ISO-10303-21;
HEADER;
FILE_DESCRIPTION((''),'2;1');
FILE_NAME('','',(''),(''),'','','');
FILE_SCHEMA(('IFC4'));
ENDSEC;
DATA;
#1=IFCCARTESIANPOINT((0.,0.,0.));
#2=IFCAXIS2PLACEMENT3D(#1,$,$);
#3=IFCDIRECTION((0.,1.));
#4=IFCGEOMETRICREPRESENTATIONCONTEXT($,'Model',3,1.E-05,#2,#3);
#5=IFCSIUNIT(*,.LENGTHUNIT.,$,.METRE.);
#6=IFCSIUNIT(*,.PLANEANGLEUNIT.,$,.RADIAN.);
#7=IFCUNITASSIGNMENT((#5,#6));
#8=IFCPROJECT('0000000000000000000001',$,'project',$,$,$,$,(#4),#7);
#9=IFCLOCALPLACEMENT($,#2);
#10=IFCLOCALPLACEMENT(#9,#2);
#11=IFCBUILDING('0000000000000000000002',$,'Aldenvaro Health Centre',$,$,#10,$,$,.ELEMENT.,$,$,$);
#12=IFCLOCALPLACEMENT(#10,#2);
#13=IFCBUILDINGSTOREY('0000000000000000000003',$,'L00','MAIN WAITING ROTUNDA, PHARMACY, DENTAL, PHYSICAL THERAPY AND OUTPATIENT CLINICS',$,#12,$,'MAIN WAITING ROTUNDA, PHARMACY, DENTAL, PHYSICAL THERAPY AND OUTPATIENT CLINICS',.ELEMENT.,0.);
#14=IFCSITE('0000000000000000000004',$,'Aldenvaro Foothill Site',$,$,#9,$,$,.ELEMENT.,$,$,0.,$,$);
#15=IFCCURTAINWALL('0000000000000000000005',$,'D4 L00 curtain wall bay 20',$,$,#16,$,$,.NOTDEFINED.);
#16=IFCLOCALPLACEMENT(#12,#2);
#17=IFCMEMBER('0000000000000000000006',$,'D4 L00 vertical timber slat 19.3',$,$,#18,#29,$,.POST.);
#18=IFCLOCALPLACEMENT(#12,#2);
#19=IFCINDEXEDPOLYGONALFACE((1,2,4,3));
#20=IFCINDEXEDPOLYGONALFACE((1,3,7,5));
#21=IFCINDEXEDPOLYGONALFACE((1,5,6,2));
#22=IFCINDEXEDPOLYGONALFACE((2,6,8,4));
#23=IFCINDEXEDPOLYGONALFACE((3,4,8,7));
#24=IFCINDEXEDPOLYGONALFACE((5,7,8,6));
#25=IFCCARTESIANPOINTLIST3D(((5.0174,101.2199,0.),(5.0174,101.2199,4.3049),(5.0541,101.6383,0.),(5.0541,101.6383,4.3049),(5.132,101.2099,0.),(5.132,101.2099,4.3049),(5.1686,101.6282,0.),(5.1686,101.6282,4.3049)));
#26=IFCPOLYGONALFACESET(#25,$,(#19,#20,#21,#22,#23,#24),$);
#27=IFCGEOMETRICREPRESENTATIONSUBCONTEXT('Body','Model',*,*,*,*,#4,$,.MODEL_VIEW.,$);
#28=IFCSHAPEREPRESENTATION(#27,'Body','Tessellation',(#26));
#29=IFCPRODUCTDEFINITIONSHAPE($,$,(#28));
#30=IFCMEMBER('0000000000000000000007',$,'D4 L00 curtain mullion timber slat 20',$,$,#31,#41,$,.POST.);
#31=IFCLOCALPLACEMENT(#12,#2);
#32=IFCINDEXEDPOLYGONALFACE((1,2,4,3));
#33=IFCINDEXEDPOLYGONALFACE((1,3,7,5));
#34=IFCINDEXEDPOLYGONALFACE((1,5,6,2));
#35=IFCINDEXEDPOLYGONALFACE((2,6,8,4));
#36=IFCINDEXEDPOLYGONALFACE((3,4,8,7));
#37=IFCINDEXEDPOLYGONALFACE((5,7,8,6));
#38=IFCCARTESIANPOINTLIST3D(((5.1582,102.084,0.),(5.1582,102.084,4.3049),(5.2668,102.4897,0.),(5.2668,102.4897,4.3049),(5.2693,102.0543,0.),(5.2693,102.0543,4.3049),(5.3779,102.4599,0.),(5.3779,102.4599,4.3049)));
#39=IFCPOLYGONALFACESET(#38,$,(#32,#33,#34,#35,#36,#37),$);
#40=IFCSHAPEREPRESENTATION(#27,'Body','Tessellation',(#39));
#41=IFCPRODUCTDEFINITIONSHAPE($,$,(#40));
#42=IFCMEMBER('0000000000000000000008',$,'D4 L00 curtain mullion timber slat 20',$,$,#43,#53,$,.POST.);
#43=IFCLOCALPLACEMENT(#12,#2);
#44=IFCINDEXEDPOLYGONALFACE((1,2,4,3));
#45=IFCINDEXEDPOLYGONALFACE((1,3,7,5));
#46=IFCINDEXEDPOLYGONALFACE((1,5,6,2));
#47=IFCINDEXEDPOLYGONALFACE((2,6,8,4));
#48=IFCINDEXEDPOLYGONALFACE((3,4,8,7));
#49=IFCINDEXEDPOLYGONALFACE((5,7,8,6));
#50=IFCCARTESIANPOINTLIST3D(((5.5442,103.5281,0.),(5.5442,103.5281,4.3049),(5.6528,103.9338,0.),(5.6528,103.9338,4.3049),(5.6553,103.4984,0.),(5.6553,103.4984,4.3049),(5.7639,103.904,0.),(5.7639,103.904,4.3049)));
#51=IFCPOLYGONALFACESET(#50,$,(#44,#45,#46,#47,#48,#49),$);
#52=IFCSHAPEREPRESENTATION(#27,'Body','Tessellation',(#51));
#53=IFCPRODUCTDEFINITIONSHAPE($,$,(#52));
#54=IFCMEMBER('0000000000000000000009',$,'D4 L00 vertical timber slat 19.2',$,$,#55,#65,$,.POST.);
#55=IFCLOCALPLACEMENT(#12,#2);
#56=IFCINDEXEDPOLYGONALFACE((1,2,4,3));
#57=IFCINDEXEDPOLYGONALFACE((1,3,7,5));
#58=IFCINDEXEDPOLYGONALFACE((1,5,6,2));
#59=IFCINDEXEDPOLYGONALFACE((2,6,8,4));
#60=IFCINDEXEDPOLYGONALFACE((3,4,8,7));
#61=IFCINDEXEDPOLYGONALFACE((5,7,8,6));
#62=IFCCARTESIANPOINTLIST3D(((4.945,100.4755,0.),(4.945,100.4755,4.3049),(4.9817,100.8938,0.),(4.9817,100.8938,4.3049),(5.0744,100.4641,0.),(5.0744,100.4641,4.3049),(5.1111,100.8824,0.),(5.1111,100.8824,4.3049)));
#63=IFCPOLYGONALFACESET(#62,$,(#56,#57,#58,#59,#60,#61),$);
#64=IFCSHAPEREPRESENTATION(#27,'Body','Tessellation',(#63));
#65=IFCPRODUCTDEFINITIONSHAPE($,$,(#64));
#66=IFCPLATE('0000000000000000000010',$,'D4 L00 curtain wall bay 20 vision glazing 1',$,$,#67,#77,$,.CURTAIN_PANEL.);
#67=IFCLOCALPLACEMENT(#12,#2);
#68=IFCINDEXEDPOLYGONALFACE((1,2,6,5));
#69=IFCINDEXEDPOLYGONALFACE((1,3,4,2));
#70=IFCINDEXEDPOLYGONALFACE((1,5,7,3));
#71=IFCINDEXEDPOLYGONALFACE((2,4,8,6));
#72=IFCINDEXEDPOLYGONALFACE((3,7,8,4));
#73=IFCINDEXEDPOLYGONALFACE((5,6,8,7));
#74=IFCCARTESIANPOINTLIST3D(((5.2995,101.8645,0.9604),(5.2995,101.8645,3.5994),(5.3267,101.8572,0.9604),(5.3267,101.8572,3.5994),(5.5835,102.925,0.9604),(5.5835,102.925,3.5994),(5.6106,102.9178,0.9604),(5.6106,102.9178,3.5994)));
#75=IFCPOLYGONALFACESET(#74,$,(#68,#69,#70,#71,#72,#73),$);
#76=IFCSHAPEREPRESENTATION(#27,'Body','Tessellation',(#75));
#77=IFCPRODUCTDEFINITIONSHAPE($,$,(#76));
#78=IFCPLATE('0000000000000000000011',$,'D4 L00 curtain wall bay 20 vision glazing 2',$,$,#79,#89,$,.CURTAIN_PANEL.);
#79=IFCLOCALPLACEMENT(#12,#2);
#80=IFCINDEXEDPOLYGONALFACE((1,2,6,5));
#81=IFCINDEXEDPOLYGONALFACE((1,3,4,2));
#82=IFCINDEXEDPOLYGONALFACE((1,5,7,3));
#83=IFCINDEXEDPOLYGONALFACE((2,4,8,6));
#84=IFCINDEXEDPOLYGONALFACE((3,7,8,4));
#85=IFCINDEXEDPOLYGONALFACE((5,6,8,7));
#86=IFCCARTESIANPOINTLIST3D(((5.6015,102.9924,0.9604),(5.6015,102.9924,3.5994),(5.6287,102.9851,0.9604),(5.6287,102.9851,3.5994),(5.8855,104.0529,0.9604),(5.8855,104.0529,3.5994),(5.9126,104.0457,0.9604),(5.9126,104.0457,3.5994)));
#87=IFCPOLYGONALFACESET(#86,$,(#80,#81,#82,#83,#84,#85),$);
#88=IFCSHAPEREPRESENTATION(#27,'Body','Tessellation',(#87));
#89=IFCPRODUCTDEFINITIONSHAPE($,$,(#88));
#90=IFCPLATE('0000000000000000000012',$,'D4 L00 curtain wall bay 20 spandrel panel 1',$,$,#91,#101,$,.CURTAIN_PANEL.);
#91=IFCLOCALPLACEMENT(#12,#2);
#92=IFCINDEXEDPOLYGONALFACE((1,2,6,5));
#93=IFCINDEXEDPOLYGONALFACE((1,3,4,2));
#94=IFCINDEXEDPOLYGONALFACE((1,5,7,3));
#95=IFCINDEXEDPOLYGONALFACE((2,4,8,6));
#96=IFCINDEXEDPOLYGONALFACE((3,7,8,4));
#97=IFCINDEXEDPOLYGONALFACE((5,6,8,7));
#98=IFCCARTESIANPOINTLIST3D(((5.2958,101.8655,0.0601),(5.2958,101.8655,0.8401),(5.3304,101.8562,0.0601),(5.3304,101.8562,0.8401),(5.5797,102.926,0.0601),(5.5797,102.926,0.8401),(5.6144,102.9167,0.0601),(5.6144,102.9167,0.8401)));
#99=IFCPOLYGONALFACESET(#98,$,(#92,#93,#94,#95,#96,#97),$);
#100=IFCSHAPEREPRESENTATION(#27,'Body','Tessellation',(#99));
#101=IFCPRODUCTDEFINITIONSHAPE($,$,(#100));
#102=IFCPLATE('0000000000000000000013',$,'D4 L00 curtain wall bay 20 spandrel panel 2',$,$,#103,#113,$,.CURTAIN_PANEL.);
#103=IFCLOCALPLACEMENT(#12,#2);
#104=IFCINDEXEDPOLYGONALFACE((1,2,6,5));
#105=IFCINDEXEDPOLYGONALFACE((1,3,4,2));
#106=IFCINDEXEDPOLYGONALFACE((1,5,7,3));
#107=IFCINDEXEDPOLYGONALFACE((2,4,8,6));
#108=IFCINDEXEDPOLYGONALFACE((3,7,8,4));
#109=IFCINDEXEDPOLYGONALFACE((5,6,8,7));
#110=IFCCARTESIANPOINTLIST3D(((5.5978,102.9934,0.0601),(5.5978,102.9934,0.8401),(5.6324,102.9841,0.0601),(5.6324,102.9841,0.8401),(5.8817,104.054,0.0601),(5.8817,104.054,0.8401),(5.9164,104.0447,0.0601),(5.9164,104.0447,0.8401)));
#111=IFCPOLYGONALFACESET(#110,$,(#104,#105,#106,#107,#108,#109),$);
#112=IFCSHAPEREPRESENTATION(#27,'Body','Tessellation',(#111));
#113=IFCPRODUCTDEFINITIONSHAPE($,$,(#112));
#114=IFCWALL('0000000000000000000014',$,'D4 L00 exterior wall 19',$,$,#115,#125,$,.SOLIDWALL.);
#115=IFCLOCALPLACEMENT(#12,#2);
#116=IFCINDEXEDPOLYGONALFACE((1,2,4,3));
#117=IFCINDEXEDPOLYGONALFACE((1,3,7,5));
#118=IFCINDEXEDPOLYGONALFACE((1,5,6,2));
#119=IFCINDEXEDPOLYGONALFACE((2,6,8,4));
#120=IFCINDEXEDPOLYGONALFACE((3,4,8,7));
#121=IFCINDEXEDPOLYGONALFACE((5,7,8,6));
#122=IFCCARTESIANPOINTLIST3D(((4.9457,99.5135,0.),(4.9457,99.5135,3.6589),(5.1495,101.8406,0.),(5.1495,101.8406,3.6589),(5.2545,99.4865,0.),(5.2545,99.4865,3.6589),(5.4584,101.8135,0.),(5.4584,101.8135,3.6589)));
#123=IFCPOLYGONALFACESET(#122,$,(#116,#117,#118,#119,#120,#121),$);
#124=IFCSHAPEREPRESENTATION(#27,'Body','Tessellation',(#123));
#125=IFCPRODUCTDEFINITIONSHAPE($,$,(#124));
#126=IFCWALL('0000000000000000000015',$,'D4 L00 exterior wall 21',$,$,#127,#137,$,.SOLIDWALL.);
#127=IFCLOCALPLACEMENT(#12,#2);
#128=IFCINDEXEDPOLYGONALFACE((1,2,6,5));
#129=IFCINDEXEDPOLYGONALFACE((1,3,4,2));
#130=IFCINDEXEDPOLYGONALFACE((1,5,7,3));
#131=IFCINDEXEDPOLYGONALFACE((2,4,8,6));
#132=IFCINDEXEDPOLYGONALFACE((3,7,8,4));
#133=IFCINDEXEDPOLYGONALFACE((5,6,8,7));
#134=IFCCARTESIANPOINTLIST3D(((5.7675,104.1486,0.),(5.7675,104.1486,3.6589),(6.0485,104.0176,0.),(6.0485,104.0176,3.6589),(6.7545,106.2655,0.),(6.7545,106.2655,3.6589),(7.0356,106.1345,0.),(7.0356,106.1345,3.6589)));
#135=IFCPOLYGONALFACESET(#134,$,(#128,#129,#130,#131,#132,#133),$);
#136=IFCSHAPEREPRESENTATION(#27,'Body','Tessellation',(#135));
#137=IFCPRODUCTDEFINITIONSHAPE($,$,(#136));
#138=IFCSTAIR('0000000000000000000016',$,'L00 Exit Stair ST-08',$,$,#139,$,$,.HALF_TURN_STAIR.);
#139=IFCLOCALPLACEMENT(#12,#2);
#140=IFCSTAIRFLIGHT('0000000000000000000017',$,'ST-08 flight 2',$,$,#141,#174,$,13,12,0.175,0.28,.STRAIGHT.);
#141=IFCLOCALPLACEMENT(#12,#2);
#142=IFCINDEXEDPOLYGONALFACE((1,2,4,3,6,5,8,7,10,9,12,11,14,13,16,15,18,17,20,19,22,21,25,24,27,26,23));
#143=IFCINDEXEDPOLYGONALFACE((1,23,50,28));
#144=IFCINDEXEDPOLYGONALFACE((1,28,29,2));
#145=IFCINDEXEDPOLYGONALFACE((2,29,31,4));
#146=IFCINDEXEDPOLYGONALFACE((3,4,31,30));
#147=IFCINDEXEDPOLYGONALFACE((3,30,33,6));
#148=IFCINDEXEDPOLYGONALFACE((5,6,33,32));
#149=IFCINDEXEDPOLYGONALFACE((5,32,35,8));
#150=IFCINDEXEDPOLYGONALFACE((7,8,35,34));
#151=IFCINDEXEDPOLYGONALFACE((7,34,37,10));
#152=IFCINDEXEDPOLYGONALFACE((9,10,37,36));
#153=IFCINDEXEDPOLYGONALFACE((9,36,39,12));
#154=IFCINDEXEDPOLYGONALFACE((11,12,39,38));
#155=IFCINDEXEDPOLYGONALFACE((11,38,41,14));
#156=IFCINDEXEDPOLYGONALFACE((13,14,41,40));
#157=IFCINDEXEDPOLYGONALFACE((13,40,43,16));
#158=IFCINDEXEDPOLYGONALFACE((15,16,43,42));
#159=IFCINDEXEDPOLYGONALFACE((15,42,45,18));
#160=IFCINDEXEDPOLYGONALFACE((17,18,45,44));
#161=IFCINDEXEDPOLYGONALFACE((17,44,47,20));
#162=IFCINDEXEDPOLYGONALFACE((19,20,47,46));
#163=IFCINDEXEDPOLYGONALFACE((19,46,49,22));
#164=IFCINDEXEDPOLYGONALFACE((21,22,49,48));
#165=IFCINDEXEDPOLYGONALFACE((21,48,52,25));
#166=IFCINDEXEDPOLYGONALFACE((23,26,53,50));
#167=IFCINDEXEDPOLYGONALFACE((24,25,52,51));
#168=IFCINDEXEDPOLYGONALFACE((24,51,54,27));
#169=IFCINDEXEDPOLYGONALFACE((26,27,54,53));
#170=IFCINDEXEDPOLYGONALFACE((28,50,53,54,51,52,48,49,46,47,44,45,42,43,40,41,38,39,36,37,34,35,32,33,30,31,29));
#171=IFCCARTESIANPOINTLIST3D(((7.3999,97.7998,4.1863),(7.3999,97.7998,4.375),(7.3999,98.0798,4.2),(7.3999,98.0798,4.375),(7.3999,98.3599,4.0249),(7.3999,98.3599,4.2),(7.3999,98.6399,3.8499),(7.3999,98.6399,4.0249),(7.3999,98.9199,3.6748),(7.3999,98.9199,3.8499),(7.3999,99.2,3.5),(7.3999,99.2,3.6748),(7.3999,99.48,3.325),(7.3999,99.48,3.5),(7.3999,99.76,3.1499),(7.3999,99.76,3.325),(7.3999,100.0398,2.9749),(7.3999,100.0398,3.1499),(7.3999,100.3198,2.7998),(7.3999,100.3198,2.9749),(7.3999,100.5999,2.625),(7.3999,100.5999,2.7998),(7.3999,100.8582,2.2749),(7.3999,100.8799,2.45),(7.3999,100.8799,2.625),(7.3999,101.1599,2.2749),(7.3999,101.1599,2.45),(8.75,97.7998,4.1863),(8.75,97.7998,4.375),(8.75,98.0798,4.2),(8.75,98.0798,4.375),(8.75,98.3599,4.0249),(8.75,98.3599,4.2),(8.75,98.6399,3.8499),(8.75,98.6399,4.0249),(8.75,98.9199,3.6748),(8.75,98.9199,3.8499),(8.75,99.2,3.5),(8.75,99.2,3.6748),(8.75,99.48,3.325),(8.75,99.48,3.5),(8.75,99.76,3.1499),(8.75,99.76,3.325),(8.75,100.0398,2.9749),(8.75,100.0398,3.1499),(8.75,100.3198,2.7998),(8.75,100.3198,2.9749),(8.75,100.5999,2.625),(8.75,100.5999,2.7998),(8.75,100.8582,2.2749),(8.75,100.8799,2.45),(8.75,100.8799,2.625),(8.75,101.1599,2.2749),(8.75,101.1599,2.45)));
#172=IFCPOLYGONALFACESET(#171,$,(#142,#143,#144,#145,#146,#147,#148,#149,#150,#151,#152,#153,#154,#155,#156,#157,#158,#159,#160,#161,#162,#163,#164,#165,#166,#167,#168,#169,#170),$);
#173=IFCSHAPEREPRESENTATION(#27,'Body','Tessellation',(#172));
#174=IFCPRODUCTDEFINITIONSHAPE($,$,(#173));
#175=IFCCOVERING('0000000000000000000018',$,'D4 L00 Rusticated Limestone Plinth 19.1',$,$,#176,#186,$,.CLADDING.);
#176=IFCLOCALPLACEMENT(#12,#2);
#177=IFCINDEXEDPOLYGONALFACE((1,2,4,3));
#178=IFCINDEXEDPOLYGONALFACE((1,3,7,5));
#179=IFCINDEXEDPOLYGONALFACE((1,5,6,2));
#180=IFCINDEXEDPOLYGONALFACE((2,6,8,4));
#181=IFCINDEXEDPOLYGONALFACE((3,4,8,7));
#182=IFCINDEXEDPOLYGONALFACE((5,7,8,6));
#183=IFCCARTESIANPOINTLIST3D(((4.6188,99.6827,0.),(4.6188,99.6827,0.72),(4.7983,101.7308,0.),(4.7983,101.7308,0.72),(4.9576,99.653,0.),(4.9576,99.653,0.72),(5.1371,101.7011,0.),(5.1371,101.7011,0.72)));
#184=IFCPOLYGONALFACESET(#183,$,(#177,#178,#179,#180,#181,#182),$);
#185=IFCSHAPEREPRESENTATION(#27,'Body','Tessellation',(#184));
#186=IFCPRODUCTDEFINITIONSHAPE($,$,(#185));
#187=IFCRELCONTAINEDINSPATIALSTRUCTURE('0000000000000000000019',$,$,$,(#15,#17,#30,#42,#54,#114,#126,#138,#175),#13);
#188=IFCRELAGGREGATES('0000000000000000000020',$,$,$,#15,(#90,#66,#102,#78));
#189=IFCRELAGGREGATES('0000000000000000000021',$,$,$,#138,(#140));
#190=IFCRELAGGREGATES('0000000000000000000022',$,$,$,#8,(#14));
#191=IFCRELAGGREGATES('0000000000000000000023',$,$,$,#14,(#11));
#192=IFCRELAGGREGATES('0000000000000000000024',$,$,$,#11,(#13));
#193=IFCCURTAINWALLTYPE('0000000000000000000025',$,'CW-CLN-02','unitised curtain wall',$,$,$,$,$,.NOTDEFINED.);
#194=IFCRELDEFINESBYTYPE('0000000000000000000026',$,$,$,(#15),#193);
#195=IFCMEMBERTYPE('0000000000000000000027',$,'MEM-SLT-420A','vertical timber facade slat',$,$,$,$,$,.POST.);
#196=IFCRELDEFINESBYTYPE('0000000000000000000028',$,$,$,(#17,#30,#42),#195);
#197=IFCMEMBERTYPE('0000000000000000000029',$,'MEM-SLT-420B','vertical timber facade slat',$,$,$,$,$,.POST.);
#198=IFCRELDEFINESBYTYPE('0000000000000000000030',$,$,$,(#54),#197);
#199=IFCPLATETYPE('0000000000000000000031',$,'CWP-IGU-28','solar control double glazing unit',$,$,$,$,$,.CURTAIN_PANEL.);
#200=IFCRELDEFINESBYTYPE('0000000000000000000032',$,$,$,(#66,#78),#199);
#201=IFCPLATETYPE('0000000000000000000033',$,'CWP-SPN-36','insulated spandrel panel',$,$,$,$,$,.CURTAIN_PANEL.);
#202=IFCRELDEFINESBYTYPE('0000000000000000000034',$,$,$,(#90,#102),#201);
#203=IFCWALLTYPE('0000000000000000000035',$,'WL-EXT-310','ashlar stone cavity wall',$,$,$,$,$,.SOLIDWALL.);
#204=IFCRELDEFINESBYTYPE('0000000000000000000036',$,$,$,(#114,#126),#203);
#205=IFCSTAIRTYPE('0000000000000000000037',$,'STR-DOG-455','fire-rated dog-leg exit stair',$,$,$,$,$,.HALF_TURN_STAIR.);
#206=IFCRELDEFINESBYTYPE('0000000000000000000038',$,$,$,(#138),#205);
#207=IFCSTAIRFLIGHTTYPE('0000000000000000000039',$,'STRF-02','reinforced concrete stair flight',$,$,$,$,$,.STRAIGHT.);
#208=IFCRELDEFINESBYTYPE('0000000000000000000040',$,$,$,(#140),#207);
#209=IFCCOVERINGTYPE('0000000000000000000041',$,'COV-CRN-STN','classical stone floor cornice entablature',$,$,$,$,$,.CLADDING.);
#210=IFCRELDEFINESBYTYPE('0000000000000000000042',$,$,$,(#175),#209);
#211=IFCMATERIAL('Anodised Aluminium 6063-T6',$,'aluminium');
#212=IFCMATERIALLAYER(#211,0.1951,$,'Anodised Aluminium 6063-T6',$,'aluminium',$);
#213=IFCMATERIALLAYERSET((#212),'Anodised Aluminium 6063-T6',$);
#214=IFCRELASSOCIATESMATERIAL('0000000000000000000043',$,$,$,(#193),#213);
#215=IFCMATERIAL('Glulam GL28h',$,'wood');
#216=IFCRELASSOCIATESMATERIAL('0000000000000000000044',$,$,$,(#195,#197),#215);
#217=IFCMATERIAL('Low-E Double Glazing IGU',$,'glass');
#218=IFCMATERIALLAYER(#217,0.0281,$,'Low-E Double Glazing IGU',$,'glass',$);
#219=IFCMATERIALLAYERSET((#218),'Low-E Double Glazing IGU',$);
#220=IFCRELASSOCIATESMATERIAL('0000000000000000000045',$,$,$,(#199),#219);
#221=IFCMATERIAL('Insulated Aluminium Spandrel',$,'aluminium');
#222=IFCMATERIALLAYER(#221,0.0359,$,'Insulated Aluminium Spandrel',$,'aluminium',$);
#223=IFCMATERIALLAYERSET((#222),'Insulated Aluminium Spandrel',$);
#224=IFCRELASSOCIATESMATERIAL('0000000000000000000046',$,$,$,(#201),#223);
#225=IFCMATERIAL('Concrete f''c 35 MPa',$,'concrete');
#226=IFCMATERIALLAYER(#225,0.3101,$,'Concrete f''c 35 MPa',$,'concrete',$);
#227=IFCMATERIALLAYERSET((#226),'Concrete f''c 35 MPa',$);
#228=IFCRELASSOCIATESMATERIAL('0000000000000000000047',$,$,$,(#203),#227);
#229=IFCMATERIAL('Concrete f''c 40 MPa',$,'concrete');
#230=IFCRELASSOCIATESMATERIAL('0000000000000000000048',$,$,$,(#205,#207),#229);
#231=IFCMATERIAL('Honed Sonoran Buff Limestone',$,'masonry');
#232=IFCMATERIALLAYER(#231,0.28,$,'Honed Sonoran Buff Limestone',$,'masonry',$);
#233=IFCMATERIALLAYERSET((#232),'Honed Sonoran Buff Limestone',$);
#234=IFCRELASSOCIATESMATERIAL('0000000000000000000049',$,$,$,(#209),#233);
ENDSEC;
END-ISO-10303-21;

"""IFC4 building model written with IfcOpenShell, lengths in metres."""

from ifc_helpers import new_model, si_unit, direction, frame, frame_2d, origin, origin_2d, place, context, subcontext, project, spatial, polyline, rectangle, outline, extrude, material, layer, layer_set, material_profile, profile_set, type_object, element, aggregate, save


model = new_model("IFC4")

# Units and contexts
model_context = context("Model", 3, precision=1e-05, world=origin(), true_north=direction((0.0, 1.0)))
body_context = subcontext(model_context, "Body", "Model", "MODEL_VIEW")
ifc_project = project(units=[si_unit("LENGTHUNIT", "METRE"), si_unit("PLANEANGLEUNIT", "RADIAN")], contexts=[model_context])

# Site, building, storey
site_placement = place(None, origin())
site = spatial("IfcSite", under=ifc_project, at=site_placement, Name="Aldenvaro Foothill Site", CompositionType="ELEMENT", RefElevation=0.0)
building_placement = place(site_placement, origin())
building = spatial("IfcBuilding", under=site, at=building_placement, Name="Aldenvaro Health Centre", CompositionType="ELEMENT")
storey_placement = place(building_placement, origin())
storey = spatial("IfcBuildingStorey", under=building, at=storey_placement, Name="L00", Description="MAIN WAITING ROTUNDA, PHARMACY, DENTAL, PHYSICAL THERAPY AND OUTPATIENT CLINICS", LongName="MAIN WAITING ROTUNDA, PHARMACY, DENTAL, PHYSICAL THERAPY AND OUTPATIENT CLINICS", CompositionType="ELEMENT", Elevation=0.0)

# Shared definitions
ifc_material_1 = material(Name="Concrete f'c 40 MPa", Category="concrete")

# Shared definitions
ifc_material_2 = material(Name="Glulam GL28h", Category="wood")

# Curtain wall
ifc_material_3 = material(Name="Anodised Aluminium 6063-T6", Category="aluminium")
ifc_layer_1 = layer(ifc_material_3, 0.1951, Name="Anodised Aluminium 6063-T6", Category="aluminium")
ifc_layer_set_1 = layer_set([ifc_layer_1], Name="Anodised Aluminium 6063-T6")
curtain_wall_type = type_object("IfcCurtainWallType", Name="CW-CLN-02", Description="unitised curtain wall", PredefinedType="NOTDEFINED", material=ifc_layer_set_1)
curtain_wall_placement = place(storey_placement, origin())
curtain_wall = element("IfcCurtainWall", 1, at=curtain_wall_placement, inside=storey, type_object=curtain_wall_type, Name="D4 L00 curtain wall bay 20", PredefinedType="NOTDEFINED")

# Members
ifc_material_profile_1 = material_profile(ifc_material_2, rectangle(XDim=0.115, YDim=0.4199, at=origin_2d()), Name="GL 115x420", Category="wood")
ifc_profile_set_1 = profile_set([ifc_material_profile_1], Name="Glulam GL28h")
member_type_1 = type_object("IfcMemberType", Name="MEM-SLT-420A", Description="vertical timber facade slat", PredefinedType="POST", material=ifc_profile_set_1)
for number, where, z_axis, x_axis, name in (
    (2, (5.093, 101.4241, 0.0), (0.0, 0.0, 1.0), (-0.996179, 0.087332, 0.0), "D4 L00 vertical timber slat 19.3"),
    (3, (5.2681, 102.272, 0.0), (0.0, 0.0, 1.0), (-0.965979, 0.258622, 0.0), "D4 L00 curtain mullion timber slat 20"),
    (4, (5.6541, 103.7161, 0.0), (0.0, 0.0, 1.0), (-0.965979, 0.258622, 0.0), "D4 L00 curtain mullion timber slat 20"),
):
    element("IfcMember", number, at=place(storey_placement, frame(where, z_axis=z_axis, x_axis=x_axis)), inside=storey, type_object=member_type_1, Name=name, PredefinedType="POST", context=body_context, shape_type="SweptSolid", body=[
        extrude(rectangle(XDim=0.115, YDim=0.4199, at=origin_2d()), origin(), (0.0, 0.0, 1.0), 4.3049),
    ])
ifc_material_profile_2 = material_profile(ifc_material_2, rectangle(XDim=0.1299, YDim=0.4199, at=origin_2d()), Name="GL 130x420", Category="wood")
ifc_profile_set_2 = profile_set([ifc_material_profile_2], Name="Glulam GL28h")
member_type_2 = type_object("IfcMemberType", Name="MEM-SLT-420B", Description="vertical timber facade slat", PredefinedType="POST", material=ifc_profile_set_2)
member_1_placement = place(storey_placement, frame((5.0281, 100.679, 0.0), z_axis=(0.0, 0.0, 1.0), x_axis=(-0.996179, 0.087332, 0.0)))
element("IfcMember", 5, at=member_1_placement, inside=storey, type_object=member_type_2, Name="D4 L00 vertical timber slat 19.2", PredefinedType="POST", context=body_context, shape_type="SweptSolid", body=[
    extrude(rectangle(XDim=0.1299, YDim=0.4199, at=origin_2d()), origin(), (0.0, 0.0, 1.0), 4.3049),
])

# Plates
ifc_material_4 = material(Name="Low-E Double Glazing IGU", Category="glass")
ifc_layer_2 = layer(ifc_material_4, 0.0281, Name="Low-E Double Glazing IGU", Category="glass")
ifc_layer_set_2 = layer_set([ifc_layer_2], Name="Low-E Double Glazing IGU")
plate_type_1 = type_object("IfcPlateType", Name="CWP-IGU-28", Description="solar control double glazing unit", PredefinedType="CURTAIN_PANEL", material=ifc_layer_set_2)
plate_1_placement = place(storey_placement, frame((5.4551, 102.3911, 0.9604), z_axis=(0.0, 0.0, 1.0), x_axis=(0.258622, 0.965979, 0.0)))
plate_1 = element("IfcPlate", 6, at=plate_1_placement, type_object=plate_type_1, Name="D4 L00 curtain wall bay 20 vision glazing 1", PredefinedType="CURTAIN_PANEL", context=body_context, shape_type="SweptSolid", body=[
    extrude(rectangle(XDim=1.0979, YDim=0.0281, at=origin_2d()), origin(), (0.0, 0.0, 1.0), 2.6389),
])
plate_2_placement = place(storey_placement, frame((5.7571, 103.519, 0.9604), z_axis=(0.0, 0.0, 1.0), x_axis=(0.258622, 0.965979, 0.0)))
plate_2 = element("IfcPlate", 7, at=plate_2_placement, type_object=plate_type_1, Name="D4 L00 curtain wall bay 20 vision glazing 2", PredefinedType="CURTAIN_PANEL", context=body_context, shape_type="SweptSolid", body=[
    extrude(rectangle(XDim=1.0979, YDim=0.0281, at=origin_2d()), origin(), (0.0, 0.0, 1.0), 2.6389),
])
ifc_material_5 = material(Name="Insulated Aluminium Spandrel", Category="aluminium")
ifc_layer_3 = layer(ifc_material_5, 0.0359, Name="Insulated Aluminium Spandrel", Category="aluminium")
ifc_layer_set_3 = layer_set([ifc_layer_3], Name="Insulated Aluminium Spandrel")
plate_type_2 = type_object("IfcPlateType", Name="CWP-SPN-36", Description="insulated spandrel panel", PredefinedType="CURTAIN_PANEL", material=ifc_layer_set_3)
plate_3_placement = place(storey_placement, frame((5.4551, 102.3911, 0.0601), z_axis=(0.0, 0.0, 1.0), x_axis=(0.258622, 0.965979, 0.0)))
plate_3 = element("IfcPlate", 8, at=plate_3_placement, type_object=plate_type_2, Name="D4 L00 curtain wall bay 20 spandrel panel 1", PredefinedType="CURTAIN_PANEL", context=body_context, shape_type="SweptSolid", body=[
    extrude(rectangle(XDim=1.0979, YDim=0.0359, at=origin_2d()), origin(), (0.0, 0.0, 1.0), 0.78),
])
plate_4_placement = place(storey_placement, frame((5.7571, 103.519, 0.0601), z_axis=(0.0, 0.0, 1.0), x_axis=(0.258622, 0.965979, 0.0)))
plate_4 = element("IfcPlate", 9, at=plate_4_placement, type_object=plate_type_2, Name="D4 L00 curtain wall bay 20 spandrel panel 2", PredefinedType="CURTAIN_PANEL", context=body_context, shape_type="SweptSolid", body=[
    extrude(rectangle(XDim=1.0979, YDim=0.0359, at=origin_2d()), origin(), (0.0, 0.0, 1.0), 0.78),
])
aggregate(curtain_wall, [plate_3, plate_1, plate_4, plate_2])

# Walls
ifc_material_6 = material(Name="Concrete f'c 35 MPa", Category="concrete")
ifc_layer_4 = layer(ifc_material_6, 0.3101, Name="Concrete f'c 35 MPa", Category="concrete")
ifc_layer_set_4 = layer_set([ifc_layer_4], Name="Concrete f'c 35 MPa")
wall_type = type_object("IfcWallType", Name="WL-EXT-310", Description="ashlar stone cavity wall", PredefinedType="SOLIDWALL", material=ifc_layer_set_4)
wall_1_placement = place(storey_placement, frame((5.1001, 99.5, 0.0), z_axis=(0.0, 0.0, 1.0), x_axis=(0.087275, 0.996184, 0.0)))
element("IfcWall", 10, at=wall_1_placement, inside=storey, type_object=wall_type, Name="D4 L00 exterior wall 19", PredefinedType="SOLIDWALL", context=body_context, shape_type="SweptSolid", body=[
    extrude(rectangle(XDim=2.3359, YDim=0.3101, at=frame_2d((1.168, 0.0))), origin(), (0.0, 0.0, 1.0), 3.6589),
])
wall_2_placement = place(storey_placement, frame((5.908, 104.083, 0.0), z_axis=(0.0, 0.0, 1.0), x_axis=(0.422588, 0.906322, 0.0)))
element("IfcWall", 11, at=wall_2_placement, inside=storey, type_object=wall_type, Name="D4 L00 exterior wall 21", PredefinedType="SOLIDWALL", context=body_context, shape_type="SweptSolid", body=[
    extrude(rectangle(XDim=2.3357, YDim=0.3101, at=frame_2d((1.168, 0.0))), origin(), (0.0, 0.0, 1.0), 3.6589),
])

# Stair, stair flight
stair_type = type_object("IfcStairType", Name="STR-DOG-455", Description="fire-rated dog-leg exit stair", PredefinedType="HALF_TURN_STAIR", material=ifc_material_1)
stair_placement = place(storey_placement, origin())
stair = element("IfcStair", 12, at=stair_placement, inside=storey, type_object=stair_type, Name="L00 Exit Stair ST-08", PredefinedType="HALF_TURN_STAIR")
stair_flight_type = type_object("IfcStairFlightType", Name="STRF-02", Description="reinforced concrete stair flight", PredefinedType="STRAIGHT", material=ifc_material_1)
stair_flight_placement = place(storey_placement, frame((8.075, 101.1599, 2.2749), z_axis=(0.0, 0.0, 1.0), x_axis=(0.0, -1.0, 0.0)))
stair_flight = element("IfcStairFlight", 13, at=stair_flight_placement, type_object=stair_flight_type, Name="ST-08 flight 2", NumberOfRisers=13, NumberOfTreads=12, PredefinedType="STRAIGHT", RiserHeight=0.175, TreadLength=0.28, context=body_context, shape_type="SweptSolid", body=[
    extrude(outline(polyline([(0.0, 0.0), (0.0, 0.175), (0.28, 0.175), (0.28, 0.3501), (0.5601, 0.3501), (0.5601, 0.5249), (0.8401, 0.5249), (0.8401, 0.7), (1.1201, 0.7), (1.1201, 0.875), (1.3999, 0.875), (1.3999, 1.05), (1.6799, 1.05), (1.6799, 1.2251), (1.96, 1.2251), (1.96, 1.3999), (2.24, 1.3999), (2.24, 1.575), (2.52, 1.575), (2.52, 1.75), (2.8, 1.75), (2.8, 1.925), (3.0801, 1.925), (3.0801, 2.1001), (3.3601, 2.1001), (3.3601, 2.2749), (3.3601, 1.9114), (0.3018, 0.0), (0.0, 0.0)])), frame((0.0, 0.675, 0.0), z_axis=(0.0, -1.0, 0.0), x_axis=(1.0, 0.0, 0.0)), (0.0, 0.0, 1.0), 1.3501),
])
aggregate(stair, [stair_flight])

# Covering
ifc_material_7 = material(Name="Honed Sonoran Buff Limestone", Category="masonry")
ifc_layer_5 = layer(ifc_material_7, 0.28, Name="Honed Sonoran Buff Limestone", Category="masonry")
ifc_layer_set_5 = layer_set([ifc_layer_5], Name="Honed Sonoran Buff Limestone")
covering_type = type_object("IfcCoveringType", Name="COV-CRN-STN", Description="classical stone floor cornice entablature", PredefinedType="CLADDING", material=ifc_layer_set_5)
covering_1_placement = place(storey_placement, frame((4.8779, 100.6919, 0.0), z_axis=(0.0, 0.0, 1.0), x_axis=(0.087332, 0.996179, 0.0)))
element("IfcCovering", 14, at=covering_1_placement, inside=storey, type_object=covering_type, Name="D4 L00 Rusticated Limestone Plinth 19.1", PredefinedType="CLADDING", context=body_context, shape_type="SweptSolid", body=[
    extrude(rectangle(XDim=2.0559, YDim=0.3401, at=origin_2d()), origin(), (0.0, 0.0, 1.0), 0.72),
])

save(model, "model.ifc")
